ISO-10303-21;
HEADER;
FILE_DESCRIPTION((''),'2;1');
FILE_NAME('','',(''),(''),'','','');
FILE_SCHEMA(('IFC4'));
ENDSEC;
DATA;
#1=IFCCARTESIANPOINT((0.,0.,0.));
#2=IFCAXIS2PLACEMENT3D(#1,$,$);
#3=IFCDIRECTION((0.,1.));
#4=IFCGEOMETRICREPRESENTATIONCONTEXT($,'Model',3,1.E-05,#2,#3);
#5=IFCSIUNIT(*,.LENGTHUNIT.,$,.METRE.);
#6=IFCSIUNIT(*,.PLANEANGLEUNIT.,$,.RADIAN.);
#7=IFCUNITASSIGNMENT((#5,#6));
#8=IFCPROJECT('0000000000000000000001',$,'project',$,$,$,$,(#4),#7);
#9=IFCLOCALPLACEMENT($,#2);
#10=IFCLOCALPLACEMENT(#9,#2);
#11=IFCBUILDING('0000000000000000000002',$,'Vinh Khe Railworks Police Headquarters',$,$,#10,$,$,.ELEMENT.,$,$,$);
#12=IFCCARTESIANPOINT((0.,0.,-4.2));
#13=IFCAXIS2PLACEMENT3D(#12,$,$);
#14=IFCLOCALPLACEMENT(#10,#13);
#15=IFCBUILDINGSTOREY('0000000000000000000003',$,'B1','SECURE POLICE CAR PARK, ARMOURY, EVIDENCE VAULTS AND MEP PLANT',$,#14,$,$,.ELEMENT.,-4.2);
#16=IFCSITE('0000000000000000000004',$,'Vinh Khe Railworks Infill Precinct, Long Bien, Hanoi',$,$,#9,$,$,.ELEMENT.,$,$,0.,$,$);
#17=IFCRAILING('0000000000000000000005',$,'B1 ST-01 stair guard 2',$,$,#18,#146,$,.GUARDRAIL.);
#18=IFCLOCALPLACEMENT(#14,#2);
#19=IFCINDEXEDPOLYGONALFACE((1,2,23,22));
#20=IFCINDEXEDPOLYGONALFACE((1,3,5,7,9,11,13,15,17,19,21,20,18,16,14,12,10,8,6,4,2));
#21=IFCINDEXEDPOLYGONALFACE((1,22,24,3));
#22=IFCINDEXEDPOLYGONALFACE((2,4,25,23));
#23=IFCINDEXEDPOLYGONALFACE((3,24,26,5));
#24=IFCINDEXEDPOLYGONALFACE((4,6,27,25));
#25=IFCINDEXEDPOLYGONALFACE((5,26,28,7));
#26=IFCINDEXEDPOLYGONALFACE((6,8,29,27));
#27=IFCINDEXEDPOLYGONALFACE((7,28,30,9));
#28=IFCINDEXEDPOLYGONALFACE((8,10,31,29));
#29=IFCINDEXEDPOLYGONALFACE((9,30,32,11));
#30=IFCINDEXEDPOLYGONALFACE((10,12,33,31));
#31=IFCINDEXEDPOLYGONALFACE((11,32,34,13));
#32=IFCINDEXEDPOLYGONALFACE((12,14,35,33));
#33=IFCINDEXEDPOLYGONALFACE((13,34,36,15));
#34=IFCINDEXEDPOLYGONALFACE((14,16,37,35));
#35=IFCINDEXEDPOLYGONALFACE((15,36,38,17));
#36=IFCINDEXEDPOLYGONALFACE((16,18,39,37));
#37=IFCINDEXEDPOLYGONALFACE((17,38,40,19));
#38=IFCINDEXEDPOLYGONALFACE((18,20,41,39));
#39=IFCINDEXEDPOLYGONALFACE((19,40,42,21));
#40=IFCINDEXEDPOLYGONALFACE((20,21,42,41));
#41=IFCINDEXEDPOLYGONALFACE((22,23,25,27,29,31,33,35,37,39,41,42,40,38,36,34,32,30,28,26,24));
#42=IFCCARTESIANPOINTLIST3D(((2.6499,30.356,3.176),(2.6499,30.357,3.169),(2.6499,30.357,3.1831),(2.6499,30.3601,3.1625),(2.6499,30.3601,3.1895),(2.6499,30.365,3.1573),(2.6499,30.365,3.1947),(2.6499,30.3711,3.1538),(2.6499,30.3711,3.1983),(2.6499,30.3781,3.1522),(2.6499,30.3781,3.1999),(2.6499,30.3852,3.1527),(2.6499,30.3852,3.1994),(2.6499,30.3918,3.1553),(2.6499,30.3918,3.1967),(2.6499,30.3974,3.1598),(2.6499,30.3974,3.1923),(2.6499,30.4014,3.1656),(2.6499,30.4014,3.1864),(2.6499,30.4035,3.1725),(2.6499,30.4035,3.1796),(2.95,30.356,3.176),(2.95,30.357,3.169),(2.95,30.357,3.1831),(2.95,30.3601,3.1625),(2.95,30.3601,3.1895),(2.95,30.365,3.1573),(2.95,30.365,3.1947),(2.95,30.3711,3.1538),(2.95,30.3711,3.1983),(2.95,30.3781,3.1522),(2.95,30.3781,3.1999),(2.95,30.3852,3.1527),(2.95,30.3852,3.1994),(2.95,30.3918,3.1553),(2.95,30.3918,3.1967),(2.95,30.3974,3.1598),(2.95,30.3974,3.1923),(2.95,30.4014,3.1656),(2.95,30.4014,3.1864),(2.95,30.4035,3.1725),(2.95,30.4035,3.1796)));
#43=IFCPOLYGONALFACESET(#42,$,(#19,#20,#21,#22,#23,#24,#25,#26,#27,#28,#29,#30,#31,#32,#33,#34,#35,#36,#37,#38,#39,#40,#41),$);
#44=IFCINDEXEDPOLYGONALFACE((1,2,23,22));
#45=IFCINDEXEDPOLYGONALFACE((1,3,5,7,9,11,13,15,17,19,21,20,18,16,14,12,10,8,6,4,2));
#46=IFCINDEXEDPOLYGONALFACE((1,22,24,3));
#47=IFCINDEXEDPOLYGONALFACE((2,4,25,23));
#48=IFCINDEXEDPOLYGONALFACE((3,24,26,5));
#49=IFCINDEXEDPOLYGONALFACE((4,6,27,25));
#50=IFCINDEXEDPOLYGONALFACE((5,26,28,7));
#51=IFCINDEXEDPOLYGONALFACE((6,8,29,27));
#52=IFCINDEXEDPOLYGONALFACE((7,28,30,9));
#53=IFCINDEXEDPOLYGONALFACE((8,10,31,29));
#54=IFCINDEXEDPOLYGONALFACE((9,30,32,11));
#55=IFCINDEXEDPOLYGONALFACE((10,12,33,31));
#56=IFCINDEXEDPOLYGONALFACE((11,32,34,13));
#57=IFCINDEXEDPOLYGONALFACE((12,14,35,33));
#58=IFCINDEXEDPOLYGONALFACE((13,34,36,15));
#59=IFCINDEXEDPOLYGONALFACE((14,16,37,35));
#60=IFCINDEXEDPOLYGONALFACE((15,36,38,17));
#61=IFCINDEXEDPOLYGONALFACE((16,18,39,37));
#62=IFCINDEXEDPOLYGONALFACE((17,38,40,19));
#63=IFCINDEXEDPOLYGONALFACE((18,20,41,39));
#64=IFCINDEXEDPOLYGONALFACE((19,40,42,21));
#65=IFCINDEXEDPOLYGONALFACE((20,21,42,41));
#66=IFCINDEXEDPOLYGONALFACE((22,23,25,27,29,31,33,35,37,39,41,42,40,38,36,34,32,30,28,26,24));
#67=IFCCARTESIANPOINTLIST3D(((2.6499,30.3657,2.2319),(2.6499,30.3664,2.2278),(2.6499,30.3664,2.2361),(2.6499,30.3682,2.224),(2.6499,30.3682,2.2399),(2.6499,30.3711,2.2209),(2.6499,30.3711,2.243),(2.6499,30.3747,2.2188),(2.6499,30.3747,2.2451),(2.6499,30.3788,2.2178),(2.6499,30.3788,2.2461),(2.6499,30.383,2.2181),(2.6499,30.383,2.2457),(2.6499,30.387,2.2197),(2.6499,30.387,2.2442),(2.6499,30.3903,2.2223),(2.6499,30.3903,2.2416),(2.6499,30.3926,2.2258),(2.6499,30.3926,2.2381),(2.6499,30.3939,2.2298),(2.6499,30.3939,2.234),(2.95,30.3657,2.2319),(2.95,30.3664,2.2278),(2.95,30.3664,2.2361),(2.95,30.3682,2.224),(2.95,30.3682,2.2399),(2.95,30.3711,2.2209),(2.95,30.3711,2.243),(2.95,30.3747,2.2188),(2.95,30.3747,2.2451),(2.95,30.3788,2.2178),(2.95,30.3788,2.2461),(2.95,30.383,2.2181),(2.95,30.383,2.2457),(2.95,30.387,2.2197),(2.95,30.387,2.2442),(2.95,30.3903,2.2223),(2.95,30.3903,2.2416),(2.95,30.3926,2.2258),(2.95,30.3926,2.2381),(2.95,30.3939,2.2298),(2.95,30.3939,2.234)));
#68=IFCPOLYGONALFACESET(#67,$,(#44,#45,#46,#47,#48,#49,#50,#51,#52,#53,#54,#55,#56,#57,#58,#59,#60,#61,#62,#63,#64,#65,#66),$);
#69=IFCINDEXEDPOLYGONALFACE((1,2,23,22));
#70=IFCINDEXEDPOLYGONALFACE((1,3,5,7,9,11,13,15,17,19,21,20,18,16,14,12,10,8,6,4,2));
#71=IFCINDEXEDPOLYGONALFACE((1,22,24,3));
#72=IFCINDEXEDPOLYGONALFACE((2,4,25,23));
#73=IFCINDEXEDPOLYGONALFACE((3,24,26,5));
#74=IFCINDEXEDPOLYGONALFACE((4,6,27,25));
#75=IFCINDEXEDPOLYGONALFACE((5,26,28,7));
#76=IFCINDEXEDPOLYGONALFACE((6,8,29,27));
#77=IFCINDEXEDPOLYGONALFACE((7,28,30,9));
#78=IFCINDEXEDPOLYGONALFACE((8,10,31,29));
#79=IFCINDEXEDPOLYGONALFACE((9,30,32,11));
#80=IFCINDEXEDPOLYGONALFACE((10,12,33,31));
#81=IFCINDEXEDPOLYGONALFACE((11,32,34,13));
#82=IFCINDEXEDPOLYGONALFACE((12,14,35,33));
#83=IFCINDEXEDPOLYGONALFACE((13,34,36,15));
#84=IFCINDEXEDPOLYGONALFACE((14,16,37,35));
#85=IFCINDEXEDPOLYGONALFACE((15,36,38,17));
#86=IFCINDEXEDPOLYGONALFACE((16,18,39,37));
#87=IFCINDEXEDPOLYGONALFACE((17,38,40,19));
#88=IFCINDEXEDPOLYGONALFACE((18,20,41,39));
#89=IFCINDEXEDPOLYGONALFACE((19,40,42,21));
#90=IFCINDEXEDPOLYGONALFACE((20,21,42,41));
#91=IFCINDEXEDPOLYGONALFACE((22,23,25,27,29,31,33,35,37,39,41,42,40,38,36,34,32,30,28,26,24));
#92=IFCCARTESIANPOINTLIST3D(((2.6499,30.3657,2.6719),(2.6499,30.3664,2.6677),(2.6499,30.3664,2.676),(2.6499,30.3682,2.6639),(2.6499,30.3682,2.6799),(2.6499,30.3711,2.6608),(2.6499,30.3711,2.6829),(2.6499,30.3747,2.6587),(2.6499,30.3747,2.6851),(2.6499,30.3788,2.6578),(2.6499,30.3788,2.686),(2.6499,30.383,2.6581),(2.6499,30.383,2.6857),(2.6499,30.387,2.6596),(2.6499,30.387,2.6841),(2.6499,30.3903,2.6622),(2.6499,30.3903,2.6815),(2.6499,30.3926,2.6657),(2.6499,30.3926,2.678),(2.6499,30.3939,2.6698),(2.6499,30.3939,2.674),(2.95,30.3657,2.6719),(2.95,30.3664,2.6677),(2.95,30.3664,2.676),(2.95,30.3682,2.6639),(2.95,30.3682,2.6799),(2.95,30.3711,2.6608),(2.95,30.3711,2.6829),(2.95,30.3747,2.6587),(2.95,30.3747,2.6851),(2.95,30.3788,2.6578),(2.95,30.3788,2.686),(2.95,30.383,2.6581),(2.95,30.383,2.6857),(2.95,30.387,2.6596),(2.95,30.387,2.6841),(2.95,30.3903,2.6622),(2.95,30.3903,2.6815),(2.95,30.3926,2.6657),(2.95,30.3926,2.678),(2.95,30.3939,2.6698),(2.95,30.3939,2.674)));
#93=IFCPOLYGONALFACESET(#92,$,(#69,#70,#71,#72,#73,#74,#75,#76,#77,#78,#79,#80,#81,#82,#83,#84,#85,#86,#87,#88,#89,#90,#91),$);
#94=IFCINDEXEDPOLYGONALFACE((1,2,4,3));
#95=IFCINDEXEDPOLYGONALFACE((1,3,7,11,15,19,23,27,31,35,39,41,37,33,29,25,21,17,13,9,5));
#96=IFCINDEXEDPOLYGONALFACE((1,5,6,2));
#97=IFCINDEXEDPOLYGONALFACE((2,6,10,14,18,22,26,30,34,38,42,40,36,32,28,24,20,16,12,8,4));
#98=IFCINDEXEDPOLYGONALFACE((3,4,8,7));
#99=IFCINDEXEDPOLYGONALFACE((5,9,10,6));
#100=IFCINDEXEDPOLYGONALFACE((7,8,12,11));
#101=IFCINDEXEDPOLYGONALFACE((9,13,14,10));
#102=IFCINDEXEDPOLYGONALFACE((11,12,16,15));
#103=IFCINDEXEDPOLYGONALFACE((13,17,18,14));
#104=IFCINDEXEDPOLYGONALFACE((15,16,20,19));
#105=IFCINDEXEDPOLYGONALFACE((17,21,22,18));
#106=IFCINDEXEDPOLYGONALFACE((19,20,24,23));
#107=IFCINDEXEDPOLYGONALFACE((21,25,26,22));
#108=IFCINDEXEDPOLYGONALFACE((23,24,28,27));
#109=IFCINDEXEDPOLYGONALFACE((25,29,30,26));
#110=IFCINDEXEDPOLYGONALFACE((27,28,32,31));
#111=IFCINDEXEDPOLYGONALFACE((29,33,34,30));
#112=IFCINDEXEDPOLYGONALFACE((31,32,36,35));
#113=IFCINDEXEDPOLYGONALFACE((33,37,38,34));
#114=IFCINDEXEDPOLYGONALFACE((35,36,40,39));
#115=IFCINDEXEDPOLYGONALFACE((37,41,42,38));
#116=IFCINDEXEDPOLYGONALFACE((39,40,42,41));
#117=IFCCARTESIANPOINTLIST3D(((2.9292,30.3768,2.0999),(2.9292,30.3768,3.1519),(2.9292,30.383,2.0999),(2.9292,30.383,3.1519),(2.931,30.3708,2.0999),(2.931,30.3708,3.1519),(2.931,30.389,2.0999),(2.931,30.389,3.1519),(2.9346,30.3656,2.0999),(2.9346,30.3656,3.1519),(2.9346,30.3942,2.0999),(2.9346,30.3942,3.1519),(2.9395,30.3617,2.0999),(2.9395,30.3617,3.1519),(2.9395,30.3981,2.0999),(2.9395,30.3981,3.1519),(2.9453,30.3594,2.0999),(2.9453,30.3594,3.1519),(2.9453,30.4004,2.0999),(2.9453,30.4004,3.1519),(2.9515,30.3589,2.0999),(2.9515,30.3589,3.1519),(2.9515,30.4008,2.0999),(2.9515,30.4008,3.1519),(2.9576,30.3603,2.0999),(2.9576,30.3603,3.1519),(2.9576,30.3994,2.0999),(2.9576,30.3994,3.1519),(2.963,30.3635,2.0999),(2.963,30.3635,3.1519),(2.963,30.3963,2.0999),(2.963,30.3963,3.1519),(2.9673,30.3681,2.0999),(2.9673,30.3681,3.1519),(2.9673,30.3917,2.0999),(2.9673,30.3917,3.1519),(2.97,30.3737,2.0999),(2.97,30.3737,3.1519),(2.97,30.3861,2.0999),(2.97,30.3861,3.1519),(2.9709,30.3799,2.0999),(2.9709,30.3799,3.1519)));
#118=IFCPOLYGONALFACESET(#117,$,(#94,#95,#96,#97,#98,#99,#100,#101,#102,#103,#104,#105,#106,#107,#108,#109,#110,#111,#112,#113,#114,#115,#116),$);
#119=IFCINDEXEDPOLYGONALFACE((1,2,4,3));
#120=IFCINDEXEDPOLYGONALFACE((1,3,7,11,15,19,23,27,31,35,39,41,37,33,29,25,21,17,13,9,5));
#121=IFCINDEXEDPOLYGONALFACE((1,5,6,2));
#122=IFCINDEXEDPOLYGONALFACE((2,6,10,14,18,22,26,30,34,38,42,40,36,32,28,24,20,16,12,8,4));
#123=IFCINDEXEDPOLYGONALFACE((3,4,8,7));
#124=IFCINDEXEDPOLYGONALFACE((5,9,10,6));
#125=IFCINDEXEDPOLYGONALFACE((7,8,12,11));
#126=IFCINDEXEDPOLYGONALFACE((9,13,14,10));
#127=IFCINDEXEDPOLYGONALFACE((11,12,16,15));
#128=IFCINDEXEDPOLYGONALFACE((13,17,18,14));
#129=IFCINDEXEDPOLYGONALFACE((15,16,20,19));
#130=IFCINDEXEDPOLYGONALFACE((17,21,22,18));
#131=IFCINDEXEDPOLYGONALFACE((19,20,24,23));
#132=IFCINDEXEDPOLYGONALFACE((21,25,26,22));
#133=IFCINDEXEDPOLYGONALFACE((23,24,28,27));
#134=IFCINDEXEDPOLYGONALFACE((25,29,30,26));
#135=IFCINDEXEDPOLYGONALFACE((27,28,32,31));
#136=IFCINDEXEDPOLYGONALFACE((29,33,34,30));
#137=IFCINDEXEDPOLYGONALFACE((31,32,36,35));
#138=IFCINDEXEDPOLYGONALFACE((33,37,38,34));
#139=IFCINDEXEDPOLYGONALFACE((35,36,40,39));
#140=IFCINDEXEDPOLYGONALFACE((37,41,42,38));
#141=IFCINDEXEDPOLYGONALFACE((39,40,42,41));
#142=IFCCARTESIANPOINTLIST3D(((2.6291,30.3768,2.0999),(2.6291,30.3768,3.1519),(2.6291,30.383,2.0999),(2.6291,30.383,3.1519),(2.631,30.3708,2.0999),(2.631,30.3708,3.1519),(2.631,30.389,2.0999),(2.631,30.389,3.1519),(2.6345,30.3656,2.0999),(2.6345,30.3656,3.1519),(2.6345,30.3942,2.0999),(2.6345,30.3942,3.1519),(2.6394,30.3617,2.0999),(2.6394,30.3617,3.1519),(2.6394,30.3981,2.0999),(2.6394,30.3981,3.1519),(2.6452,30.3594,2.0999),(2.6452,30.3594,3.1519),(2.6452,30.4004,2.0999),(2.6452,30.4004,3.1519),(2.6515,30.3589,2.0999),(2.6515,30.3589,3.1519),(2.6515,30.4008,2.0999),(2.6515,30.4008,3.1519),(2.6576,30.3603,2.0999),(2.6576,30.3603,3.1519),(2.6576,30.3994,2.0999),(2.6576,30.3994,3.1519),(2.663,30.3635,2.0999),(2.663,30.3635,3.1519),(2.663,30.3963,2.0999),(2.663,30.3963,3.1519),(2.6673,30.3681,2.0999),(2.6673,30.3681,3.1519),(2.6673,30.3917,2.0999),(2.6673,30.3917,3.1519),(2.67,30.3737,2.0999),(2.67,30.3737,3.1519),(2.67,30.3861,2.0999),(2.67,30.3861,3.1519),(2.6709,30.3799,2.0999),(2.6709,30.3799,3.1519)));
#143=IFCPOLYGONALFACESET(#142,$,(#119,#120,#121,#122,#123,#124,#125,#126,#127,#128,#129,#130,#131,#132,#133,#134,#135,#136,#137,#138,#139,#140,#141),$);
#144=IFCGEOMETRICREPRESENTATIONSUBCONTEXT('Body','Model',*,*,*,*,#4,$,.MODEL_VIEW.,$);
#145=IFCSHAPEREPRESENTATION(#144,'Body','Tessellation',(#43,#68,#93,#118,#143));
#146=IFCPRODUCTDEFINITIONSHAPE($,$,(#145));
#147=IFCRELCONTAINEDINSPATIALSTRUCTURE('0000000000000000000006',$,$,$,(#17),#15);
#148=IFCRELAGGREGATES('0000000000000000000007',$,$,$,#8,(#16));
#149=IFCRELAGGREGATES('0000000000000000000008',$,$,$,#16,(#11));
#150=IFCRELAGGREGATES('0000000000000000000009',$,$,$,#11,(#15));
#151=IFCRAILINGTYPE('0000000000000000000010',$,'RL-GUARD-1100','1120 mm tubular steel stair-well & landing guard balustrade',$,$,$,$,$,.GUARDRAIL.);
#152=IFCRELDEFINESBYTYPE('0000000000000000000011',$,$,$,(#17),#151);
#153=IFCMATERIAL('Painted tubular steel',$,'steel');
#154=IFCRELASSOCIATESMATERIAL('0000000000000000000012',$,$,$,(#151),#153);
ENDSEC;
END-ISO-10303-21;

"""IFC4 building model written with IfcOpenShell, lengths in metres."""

from ifc_helpers import new_model, si_unit, direction, frame, origin, origin_2d, place, context, subcontext, project, spatial, circle, extrude, material, type_object, element, save


model = new_model("IFC4")

# Units and contexts
model_context = context("Model", 3, precision=1e-05, world=origin(), true_north=direction((0.0, 1.0)))
body_context = subcontext(model_context, "Body", "Model", "MODEL_VIEW")
ifc_project = project(units=[si_unit("LENGTHUNIT", "METRE"), si_unit("PLANEANGLEUNIT", "RADIAN")], contexts=[model_context])

# Site, building, storey
site_placement = place(None, origin())
site = spatial("IfcSite", under=ifc_project, at=site_placement, Name="Vinh Khe Railworks Infill Precinct, Long Bien, Hanoi", CompositionType="ELEMENT", RefElevation=0.0)
building_placement = place(site_placement, origin())
building = spatial("IfcBuilding", under=site, at=building_placement, Name="Vinh Khe Railworks Police Headquarters", CompositionType="ELEMENT")
storey_placement = place(building_placement, frame((0.0, 0.0, -4.2)))
storey = spatial("IfcBuildingStorey", under=building, at=storey_placement, Name="B1", Description="SECURE POLICE CAR PARK, ARMOURY, EVIDENCE VAULTS AND MEP PLANT", CompositionType="ELEMENT", Elevation=-4.2)

# Railing
ifc_material_1 = material(Name="Painted tubular steel", Category="steel")
railing_type_1 = type_object("IfcRailingType", Name="RL-GUARD-1100", Description="1120 mm tubular steel stair-well & landing guard balustrade", PredefinedType="GUARDRAIL", material=ifc_material_1)
railing_1_placement = place(storey_placement, frame((2.95, 30.3799, 2.0999)))
element("IfcRailing", 1, at=railing_1_placement, inside=storey, type_object=railing_type_1, Name="B1 ST-01 stair guard 2", PredefinedType="GUARDRAIL", context=body_context, shape_type="SweptSolid", body=[
    extrude(circle(Radius=0.0239, at=origin_2d()), frame((0.0, 0.0, 1.0762), z_axis=(-1.0, 0.0, 0.0), x_axis=(0.0, -1.0, 0.0)), (0.0, 0.0, 1.0), 0.3),
    extrude(circle(Radius=0.0142, at=origin_2d()), frame((0.0, 0.0, 0.1321), z_axis=(-1.0, 0.0, 0.0), x_axis=(0.0, -1.0, 0.0)), (0.0, 0.0, 1.0), 0.3),
    extrude(circle(Radius=0.0142, at=origin_2d()), frame((0.0, 0.0, 0.572), z_axis=(-1.0, 0.0, 0.0), x_axis=(0.0, -1.0, 0.0)), (0.0, 0.0, 1.0), 0.3),
    extrude(circle(Radius=0.021, at=origin_2d()), origin(), (0.0, 0.0, 1.0), 1.052),
    extrude(circle(Radius=0.021, at=origin_2d()), frame((-0.3, 0.0, 0.0)), (0.0, 0.0, 1.0), 1.052),
])

save(model, "model.ifc")
